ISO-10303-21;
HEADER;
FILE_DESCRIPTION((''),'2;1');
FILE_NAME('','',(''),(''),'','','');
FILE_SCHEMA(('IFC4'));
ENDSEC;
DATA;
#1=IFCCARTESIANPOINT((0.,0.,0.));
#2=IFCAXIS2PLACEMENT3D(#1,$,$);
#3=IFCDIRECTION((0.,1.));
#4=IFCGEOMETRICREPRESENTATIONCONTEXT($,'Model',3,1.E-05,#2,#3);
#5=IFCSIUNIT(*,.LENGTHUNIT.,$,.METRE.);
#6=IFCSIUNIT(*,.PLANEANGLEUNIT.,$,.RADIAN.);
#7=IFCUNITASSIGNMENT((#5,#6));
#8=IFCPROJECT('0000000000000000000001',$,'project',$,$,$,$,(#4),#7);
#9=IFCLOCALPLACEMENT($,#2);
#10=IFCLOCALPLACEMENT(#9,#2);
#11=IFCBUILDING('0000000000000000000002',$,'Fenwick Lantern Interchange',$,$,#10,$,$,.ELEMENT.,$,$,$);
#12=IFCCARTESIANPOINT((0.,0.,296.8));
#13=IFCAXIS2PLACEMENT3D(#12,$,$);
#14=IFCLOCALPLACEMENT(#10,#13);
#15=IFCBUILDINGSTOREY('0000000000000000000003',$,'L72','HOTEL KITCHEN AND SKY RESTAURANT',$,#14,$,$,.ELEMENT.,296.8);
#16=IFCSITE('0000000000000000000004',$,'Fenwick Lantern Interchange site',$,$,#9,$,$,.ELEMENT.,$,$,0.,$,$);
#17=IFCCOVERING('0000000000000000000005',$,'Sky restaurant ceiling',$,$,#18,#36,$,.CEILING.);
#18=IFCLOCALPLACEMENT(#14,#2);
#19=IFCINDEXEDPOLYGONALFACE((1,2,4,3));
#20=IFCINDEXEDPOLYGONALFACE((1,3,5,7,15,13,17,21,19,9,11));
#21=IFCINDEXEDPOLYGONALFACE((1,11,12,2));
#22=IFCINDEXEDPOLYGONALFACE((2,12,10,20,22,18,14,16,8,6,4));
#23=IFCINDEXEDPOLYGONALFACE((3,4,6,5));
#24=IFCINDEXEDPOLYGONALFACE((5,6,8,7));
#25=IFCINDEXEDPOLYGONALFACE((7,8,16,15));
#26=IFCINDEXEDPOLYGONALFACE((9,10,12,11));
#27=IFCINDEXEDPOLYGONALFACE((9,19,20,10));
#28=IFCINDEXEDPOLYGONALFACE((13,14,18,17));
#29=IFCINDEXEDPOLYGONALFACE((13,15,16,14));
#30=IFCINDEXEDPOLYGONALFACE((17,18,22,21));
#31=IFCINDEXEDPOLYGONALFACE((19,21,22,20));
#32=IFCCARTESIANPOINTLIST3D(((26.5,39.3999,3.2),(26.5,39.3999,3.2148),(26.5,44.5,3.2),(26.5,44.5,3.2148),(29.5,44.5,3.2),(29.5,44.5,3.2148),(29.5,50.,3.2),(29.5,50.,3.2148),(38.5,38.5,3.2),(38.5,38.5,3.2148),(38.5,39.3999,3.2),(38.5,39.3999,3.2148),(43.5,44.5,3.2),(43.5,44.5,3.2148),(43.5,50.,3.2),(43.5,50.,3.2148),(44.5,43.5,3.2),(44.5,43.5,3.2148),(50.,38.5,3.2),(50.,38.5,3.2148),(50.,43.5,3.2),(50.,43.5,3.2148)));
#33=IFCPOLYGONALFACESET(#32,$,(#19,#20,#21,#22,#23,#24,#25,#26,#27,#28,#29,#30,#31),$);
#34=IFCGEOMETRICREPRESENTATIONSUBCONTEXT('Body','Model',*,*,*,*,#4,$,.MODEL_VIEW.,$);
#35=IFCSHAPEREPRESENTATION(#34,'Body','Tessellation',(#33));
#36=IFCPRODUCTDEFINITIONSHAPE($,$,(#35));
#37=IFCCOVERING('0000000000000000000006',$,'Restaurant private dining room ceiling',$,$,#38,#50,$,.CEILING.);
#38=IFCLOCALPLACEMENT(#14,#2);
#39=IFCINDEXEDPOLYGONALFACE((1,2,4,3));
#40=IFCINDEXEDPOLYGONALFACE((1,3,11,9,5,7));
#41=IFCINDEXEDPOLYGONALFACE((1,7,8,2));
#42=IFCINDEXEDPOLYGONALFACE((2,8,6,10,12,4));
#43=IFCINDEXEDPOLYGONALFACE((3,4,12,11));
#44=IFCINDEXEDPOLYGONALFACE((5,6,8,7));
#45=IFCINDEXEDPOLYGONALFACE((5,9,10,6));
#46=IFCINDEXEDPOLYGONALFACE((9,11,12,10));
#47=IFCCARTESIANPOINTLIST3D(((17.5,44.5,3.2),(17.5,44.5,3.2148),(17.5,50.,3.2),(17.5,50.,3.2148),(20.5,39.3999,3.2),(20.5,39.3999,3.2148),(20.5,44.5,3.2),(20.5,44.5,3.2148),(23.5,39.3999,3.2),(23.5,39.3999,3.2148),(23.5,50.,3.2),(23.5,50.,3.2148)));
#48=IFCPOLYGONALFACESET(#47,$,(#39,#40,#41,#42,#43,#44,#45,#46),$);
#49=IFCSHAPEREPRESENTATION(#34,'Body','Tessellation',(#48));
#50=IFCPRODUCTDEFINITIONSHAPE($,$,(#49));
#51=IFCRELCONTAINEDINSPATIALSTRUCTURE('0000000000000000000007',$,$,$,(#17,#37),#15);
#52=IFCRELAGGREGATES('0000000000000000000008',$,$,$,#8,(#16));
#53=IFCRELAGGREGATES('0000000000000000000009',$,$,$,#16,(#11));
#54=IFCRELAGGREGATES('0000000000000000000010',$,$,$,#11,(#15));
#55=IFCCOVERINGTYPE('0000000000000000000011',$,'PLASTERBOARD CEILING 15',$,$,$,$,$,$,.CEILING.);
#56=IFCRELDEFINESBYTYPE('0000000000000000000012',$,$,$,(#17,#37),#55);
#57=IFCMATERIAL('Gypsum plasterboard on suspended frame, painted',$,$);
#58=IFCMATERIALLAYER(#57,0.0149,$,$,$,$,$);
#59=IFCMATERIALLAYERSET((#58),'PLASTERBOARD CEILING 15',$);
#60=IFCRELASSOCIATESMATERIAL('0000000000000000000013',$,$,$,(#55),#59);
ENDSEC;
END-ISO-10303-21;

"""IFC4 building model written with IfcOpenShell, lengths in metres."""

from ifc_helpers import new_model, si_unit, direction, frame, origin, place, context, subcontext, project, spatial, polyline, outline, extrude, material, layer, layer_set, type_object, element, save


model = new_model("IFC4")

# Units and contexts
model_context = context("Model", 3, precision=1e-05, world=origin(), true_north=direction((0.0, 1.0)))
body_context = subcontext(model_context, "Body", "Model", "MODEL_VIEW")
ifc_project = project(units=[si_unit("LENGTHUNIT", "METRE"), si_unit("PLANEANGLEUNIT", "RADIAN")], contexts=[model_context])

# Site, building, storey
site_placement = place(None, origin())
site = spatial("IfcSite", under=ifc_project, at=site_placement, Name="Fenwick Lantern Interchange site", CompositionType="ELEMENT", RefElevation=0.0)
building_placement = place(site_placement, origin())
building = spatial("IfcBuilding", under=site, at=building_placement, Name="Fenwick Lantern Interchange", CompositionType="ELEMENT")
storey_placement = place(building_placement, frame((0.0, 0.0, 296.8)))
storey = spatial("IfcBuildingStorey", under=building, at=storey_placement, Name="L72", Description="HOTEL KITCHEN AND SKY RESTAURANT", CompositionType="ELEMENT", Elevation=296.8)

# Coverings
ifc_material_1 = material(Name="Gypsum plasterboard on suspended frame, painted")
ifc_layer_1 = layer(ifc_material_1, 0.0149)
ifc_layer_set_1 = layer_set([ifc_layer_1], Name="PLASTERBOARD CEILING 15")
covering_type_1 = type_object("IfcCoveringType", Name="PLASTERBOARD CEILING 15", PredefinedType="CEILING", material=ifc_layer_set_1)
covering_1_placement = place(storey_placement, frame((0.0, 0.0, 3.2)))
element("IfcCovering", 1, at=covering_1_placement, inside=storey, type_object=covering_type_1, Name="Sky restaurant ceiling", PredefinedType="CEILING", context=body_context, shape_type="SweptSolid", body=[
    extrude(outline(polyline([(29.5, 50.0), (29.5, 44.5), (26.5, 44.5), (26.5, 39.3999), (38.5, 39.3999), (38.5, 38.5), (50.0, 38.5), (50.0, 43.5), (44.5, 43.5), (43.5, 44.5), (43.5, 50.0), (29.5, 50.0)])), origin(), (0.0, 0.0, 1.0), 0.0149),
])
covering_2_placement = place(storey_placement, frame((0.0, 0.0, 3.2)))
element("IfcCovering", 2, at=covering_2_placement, inside=storey, type_object=covering_type_1, Name="Restaurant private dining room ceiling", PredefinedType="CEILING", context=body_context, shape_type="SweptSolid", body=[
    extrude(outline(polyline([(17.5, 44.5), (20.5, 44.5), (20.5, 39.3999), (23.5, 39.3999), (23.5, 50.0), (17.5, 50.0), (17.5, 44.5)])), origin(), (0.0, 0.0, 1.0), 0.0149),
])

save(model, "model.ifc")
